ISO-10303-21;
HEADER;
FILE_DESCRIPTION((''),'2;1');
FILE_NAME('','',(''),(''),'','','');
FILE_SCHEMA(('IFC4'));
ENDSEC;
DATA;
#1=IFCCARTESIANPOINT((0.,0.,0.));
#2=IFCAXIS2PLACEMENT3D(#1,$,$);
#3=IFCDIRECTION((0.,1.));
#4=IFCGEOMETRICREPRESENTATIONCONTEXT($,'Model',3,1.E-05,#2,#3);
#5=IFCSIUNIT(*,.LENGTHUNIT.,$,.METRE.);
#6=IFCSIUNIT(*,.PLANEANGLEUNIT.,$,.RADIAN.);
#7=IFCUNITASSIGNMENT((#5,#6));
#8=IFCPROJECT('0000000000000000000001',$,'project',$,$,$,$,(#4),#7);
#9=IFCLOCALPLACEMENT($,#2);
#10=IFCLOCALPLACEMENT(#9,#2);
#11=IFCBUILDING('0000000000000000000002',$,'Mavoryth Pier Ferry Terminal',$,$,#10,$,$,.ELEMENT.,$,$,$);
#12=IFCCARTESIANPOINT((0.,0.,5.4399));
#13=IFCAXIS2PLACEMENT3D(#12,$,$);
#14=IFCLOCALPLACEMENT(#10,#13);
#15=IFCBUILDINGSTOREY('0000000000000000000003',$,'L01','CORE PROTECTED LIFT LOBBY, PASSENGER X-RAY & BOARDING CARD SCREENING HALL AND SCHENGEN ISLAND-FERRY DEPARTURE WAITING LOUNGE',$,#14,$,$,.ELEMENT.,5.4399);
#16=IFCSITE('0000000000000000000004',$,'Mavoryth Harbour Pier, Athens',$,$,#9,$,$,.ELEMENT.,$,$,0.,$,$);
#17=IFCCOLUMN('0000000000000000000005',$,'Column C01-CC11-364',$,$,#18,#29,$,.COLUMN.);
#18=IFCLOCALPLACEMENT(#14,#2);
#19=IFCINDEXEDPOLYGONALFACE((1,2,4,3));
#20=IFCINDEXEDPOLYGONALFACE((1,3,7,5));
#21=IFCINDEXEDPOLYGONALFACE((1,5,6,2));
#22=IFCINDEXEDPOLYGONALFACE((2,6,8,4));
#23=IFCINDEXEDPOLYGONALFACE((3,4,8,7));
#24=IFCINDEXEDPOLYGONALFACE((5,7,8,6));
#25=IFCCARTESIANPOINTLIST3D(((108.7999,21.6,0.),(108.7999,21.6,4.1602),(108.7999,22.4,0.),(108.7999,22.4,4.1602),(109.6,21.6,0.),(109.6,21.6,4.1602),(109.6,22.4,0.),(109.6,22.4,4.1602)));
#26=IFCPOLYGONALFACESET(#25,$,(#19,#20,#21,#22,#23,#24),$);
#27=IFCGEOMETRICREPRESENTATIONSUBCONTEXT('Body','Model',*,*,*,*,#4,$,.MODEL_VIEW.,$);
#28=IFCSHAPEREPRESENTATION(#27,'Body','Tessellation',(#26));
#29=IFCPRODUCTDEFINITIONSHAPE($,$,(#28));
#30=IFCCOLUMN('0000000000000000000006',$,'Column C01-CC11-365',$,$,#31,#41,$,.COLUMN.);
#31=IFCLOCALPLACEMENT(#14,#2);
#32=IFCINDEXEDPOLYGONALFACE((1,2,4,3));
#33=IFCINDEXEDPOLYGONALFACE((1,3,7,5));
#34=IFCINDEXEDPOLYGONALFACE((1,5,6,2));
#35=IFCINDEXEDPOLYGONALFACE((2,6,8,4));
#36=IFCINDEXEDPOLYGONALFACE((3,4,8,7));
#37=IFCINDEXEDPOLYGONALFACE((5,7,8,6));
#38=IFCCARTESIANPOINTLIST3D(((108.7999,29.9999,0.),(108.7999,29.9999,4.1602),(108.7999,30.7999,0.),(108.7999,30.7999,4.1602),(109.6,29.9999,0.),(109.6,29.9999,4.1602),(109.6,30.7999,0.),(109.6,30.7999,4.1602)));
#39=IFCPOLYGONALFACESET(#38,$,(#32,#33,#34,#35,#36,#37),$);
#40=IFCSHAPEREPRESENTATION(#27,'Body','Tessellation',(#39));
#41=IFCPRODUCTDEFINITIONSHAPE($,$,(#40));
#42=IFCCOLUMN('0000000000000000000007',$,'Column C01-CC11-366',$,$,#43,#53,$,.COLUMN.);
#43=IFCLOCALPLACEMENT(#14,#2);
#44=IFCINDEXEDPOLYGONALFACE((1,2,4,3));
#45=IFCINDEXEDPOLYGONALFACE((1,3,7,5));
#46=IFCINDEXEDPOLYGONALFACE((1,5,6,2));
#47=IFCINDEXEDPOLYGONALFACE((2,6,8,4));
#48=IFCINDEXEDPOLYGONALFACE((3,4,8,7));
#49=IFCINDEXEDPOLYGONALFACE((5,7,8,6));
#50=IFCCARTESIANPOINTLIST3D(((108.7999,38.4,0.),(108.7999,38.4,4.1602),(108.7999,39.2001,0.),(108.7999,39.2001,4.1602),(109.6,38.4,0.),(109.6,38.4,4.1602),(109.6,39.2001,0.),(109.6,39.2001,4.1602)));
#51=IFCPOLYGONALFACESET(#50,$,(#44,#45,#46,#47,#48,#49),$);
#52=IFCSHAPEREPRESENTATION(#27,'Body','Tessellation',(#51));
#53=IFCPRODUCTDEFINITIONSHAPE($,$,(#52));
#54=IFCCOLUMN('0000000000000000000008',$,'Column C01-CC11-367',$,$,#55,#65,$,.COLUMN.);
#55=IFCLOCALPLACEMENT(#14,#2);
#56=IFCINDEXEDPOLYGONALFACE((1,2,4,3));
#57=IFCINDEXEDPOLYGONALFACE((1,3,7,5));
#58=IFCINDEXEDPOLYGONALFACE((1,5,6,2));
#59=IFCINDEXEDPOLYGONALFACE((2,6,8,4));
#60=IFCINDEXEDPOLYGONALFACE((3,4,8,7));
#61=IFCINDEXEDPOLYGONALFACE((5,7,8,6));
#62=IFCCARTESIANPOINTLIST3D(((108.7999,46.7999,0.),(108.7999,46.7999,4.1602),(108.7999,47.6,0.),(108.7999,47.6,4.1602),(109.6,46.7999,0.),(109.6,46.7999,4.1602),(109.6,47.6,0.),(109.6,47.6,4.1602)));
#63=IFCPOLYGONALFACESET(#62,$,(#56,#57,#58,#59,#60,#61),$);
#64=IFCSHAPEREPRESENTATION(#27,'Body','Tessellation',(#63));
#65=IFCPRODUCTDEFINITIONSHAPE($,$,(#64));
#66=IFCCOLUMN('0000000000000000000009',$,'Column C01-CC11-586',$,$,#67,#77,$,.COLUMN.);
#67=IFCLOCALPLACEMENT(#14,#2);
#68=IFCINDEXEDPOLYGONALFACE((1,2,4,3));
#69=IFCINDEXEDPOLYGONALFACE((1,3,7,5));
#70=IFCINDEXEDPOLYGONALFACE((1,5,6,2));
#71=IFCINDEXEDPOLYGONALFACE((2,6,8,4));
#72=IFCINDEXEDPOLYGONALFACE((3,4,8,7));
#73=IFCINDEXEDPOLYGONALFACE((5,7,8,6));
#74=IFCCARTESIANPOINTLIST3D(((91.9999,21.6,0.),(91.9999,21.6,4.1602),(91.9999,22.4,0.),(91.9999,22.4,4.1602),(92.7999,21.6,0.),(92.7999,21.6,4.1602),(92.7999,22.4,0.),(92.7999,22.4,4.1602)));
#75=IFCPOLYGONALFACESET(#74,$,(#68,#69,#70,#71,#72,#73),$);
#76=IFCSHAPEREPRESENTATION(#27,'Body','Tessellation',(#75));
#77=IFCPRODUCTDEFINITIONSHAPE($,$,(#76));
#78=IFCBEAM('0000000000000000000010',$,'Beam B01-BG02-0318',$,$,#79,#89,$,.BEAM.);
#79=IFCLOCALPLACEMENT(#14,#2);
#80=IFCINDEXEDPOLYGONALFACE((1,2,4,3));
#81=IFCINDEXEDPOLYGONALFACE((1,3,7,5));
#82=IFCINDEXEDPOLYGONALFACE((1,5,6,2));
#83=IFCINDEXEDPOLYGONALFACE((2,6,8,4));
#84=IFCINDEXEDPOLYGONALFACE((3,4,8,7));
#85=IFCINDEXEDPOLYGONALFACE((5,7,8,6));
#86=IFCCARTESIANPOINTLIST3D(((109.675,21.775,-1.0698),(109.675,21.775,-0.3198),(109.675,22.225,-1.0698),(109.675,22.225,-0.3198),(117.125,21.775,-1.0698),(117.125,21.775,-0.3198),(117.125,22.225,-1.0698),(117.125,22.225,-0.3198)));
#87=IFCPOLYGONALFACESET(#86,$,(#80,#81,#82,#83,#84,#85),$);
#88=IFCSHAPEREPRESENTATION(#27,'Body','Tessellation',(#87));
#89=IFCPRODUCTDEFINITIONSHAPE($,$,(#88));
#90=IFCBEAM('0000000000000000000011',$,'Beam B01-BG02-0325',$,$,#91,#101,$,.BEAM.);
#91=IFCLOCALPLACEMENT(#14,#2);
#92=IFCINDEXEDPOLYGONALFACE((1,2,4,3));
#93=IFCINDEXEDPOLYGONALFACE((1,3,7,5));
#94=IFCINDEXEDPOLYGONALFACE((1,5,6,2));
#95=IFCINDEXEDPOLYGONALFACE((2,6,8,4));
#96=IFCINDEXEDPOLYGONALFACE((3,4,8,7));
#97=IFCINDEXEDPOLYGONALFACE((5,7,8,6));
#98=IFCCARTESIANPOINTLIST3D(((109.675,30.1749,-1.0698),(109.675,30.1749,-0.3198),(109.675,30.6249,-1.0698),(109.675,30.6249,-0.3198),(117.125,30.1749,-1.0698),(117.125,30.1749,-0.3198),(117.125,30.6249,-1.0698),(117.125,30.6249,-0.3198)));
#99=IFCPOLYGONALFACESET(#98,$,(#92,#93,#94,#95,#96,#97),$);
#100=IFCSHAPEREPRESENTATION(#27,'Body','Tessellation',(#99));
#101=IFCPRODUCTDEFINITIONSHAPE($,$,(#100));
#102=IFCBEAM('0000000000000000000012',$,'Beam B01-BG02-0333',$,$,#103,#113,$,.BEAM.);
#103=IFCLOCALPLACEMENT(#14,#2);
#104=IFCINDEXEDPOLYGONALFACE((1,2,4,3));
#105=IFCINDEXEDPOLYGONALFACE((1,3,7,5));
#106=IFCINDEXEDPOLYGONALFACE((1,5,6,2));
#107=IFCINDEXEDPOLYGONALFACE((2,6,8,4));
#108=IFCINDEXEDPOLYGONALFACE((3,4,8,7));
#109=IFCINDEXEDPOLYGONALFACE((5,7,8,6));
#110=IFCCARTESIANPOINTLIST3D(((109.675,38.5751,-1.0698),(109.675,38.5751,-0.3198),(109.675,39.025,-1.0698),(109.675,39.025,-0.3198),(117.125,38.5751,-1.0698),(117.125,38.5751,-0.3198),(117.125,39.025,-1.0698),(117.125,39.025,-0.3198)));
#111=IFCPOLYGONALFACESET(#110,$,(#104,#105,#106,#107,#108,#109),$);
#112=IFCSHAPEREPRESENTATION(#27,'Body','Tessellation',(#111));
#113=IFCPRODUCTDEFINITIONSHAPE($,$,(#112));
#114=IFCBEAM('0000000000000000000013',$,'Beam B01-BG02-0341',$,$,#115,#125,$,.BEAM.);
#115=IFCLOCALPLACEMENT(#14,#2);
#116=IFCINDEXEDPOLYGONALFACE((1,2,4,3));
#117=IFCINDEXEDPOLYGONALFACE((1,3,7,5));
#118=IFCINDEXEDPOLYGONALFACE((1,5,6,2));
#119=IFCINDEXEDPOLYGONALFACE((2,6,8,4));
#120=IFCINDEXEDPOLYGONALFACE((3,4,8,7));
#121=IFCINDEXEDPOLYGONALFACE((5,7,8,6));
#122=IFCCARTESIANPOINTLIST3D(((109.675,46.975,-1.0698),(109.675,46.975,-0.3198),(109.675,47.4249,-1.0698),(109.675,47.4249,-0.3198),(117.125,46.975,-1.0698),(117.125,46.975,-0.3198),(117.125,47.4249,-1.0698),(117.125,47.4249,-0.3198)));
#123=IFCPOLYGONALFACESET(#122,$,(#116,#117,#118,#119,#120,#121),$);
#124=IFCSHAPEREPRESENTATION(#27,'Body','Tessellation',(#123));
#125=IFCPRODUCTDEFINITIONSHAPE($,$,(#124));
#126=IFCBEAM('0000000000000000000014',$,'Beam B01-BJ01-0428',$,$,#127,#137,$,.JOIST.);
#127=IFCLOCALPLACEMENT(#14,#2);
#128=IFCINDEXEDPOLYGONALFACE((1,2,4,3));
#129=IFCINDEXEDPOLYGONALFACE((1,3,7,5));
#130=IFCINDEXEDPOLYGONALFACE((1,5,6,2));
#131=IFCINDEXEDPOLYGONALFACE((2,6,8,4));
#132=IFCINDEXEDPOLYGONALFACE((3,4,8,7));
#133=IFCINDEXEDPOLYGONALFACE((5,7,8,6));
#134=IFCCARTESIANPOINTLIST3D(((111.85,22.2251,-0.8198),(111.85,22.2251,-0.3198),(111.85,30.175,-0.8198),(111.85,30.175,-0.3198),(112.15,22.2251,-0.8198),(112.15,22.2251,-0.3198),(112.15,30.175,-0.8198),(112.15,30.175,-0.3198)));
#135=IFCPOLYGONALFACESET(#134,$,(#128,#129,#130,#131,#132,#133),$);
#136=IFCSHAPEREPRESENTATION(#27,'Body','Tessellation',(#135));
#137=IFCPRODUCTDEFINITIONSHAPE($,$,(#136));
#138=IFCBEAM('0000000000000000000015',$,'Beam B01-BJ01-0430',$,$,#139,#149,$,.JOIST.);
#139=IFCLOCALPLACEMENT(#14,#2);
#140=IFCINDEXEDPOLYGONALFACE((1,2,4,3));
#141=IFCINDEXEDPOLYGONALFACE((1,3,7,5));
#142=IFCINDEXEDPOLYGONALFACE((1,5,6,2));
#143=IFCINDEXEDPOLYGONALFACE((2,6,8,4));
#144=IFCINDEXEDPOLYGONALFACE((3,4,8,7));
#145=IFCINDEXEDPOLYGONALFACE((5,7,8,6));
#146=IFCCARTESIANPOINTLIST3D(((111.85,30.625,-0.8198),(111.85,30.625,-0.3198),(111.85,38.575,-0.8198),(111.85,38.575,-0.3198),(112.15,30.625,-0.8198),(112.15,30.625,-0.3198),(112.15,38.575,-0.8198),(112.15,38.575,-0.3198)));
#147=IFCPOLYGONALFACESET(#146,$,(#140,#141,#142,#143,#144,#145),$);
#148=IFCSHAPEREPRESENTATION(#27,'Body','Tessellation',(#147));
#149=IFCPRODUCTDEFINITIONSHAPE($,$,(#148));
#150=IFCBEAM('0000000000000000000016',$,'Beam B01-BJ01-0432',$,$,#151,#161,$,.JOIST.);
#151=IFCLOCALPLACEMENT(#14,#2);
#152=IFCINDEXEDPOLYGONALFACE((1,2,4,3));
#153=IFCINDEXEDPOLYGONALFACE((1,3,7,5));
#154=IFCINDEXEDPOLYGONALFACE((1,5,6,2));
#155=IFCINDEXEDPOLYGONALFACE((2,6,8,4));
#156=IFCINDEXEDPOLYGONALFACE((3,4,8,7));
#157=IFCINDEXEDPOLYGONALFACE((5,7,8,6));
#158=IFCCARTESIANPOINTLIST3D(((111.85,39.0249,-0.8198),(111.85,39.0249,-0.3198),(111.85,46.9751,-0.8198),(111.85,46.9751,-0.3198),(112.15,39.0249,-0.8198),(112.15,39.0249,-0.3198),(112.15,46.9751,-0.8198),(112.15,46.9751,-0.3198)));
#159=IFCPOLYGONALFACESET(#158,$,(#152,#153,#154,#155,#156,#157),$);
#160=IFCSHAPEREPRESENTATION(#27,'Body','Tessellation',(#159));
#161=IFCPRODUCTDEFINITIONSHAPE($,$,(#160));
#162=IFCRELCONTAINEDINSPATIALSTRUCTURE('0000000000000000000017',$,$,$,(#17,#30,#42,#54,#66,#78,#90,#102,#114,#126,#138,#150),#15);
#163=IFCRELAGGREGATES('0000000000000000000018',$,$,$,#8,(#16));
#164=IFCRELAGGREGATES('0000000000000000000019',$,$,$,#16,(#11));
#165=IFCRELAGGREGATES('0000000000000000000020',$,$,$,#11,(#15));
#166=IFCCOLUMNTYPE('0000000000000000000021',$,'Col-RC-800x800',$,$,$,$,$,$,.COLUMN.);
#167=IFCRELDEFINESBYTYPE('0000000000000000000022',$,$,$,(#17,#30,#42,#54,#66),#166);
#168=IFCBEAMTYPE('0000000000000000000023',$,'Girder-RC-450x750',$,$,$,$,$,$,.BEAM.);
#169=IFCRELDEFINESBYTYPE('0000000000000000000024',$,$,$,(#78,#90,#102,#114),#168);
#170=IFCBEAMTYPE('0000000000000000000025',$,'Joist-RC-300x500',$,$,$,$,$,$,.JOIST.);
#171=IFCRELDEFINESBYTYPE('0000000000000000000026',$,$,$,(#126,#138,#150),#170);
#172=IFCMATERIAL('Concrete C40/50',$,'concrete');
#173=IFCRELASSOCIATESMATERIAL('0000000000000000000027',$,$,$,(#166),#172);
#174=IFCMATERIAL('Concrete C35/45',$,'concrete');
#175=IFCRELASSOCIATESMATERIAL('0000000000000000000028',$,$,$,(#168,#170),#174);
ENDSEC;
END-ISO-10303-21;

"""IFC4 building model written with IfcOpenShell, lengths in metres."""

from ifc_helpers import new_model, si_unit, direction, frame, origin, origin_2d, place, context, subcontext, project, spatial, rectangle, extrude, material, material_profile, profile_set, type_object, element, save


model = new_model("IFC4")

# Units and contexts
model_context = context("Model", 3, precision=1e-05, world=origin(), true_north=direction((0.0, 1.0)))
body_context = subcontext(model_context, "Body", "Model", "MODEL_VIEW")
ifc_project = project(units=[si_unit("LENGTHUNIT", "METRE"), si_unit("PLANEANGLEUNIT", "RADIAN")], contexts=[model_context])

# Site, building, storey
site_placement = place(None, origin())
site = spatial("IfcSite", under=ifc_project, at=site_placement, Name="Mavoryth Harbour Pier, Athens", CompositionType="ELEMENT", RefElevation=0.0)
building_placement = place(site_placement, origin())
building = spatial("IfcBuilding", under=site, at=building_placement, Name="Mavoryth Pier Ferry Terminal", CompositionType="ELEMENT")
storey_placement = place(building_placement, frame((0.0, 0.0, 5.4399)))
storey = spatial("IfcBuildingStorey", under=building, at=storey_placement, Name="L01", Description="CORE PROTECTED LIFT LOBBY, PASSENGER X-RAY & BOARDING CARD SCREENING HALL AND SCHENGEN ISLAND-FERRY DEPARTURE WAITING LOUNGE", CompositionType="ELEMENT", Elevation=5.4399)

# Columns
ifc_material_1 = material(Name="Concrete C40/50", Category="concrete")
ifc_material_profile_1 = material_profile(ifc_material_1, rectangle(XDim=0.8, YDim=0.8, at=origin_2d()), Name="RC 800x800", Category="concrete")
ifc_profile_set_1 = profile_set([ifc_material_profile_1], Name="Concrete C40/50 - RC 800x800")
column_type = type_object("IfcColumnType", Name="Col-RC-800x800", PredefinedType="COLUMN", material=ifc_profile_set_1)
for number, where, z_axis, x_axis, name in (
    (1, (109.2, 22.0, 0.0), (0.0, 0.0, 1.0), (1.0, 0.0, 0.0), "Column C01-CC11-364"),
    (2, (109.2, 30.3999, 0.0), (0.0, 0.0, 1.0), (1.0, 0.0, 0.0), "Column C01-CC11-365"),
    (3, (109.2, 38.8, 0.0), (0.0, 0.0, 1.0), (1.0, 0.0, 0.0), "Column C01-CC11-366"),
    (4, (109.2, 47.2, 0.0), (0.0, 0.0, 1.0), (1.0, 0.0, 0.0), "Column C01-CC11-367"),
    (5, (92.3999, 22.0, 0.0), (0.0, 0.0, 1.0), (1.0, 0.0, 0.0), "Column C01-CC11-586"),
):
    element("IfcColumn", number, at=place(storey_placement, frame(where, z_axis=z_axis, x_axis=x_axis)), inside=storey, type_object=column_type, Name=name, PredefinedType="COLUMN", context=body_context, shape_type="SweptSolid", body=[
        extrude(rectangle(XDim=0.8, YDim=0.8, at=origin_2d()), origin(), (0.0, 0.0, 1.0), 4.1602),
    ])

# Beams
ifc_material_2 = material(Name="Concrete C35/45", Category="concrete")
ifc_material_profile_2 = material_profile(ifc_material_2, rectangle(XDim=0.45, YDim=0.75, at=origin_2d()), Name="RC 450x750", Category="concrete")
ifc_profile_set_2 = profile_set([ifc_material_profile_2], Name="Concrete C35/45 - RC 450x750")
beam_type_1 = type_object("IfcBeamType", Name="Girder-RC-450x750", PredefinedType="BEAM", material=ifc_profile_set_2)
for number, where, z_axis, x_axis, name in (
    (6, (109.675, 22.0, -0.6948), (1.0, 0.0, 0.0), (0.0, 1.0, 0.0), "Beam B01-BG02-0318"),
    (7, (109.675, 30.3999, -0.6948), (1.0, 0.0, 0.0), (0.0, 1.0, 0.0), "Beam B01-BG02-0325"),
    (8, (109.675, 38.8, -0.6948), (1.0, 0.0, 0.0), (0.0, 1.0, 0.0), "Beam B01-BG02-0333"),
    (9, (109.675, 47.2, -0.6948), (1.0, 0.0, 0.0), (0.0, 1.0, 0.0), "Beam B01-BG02-0341"),
):
    element("IfcBeam", number, at=place(storey_placement, frame(where, z_axis=z_axis, x_axis=x_axis)), inside=storey, type_object=beam_type_1, Name=name, PredefinedType="BEAM", context=body_context, shape_type="SweptSolid", body=[
        extrude(rectangle(XDim=0.45, YDim=0.75, at=origin_2d()), origin(), (0.0, 0.0, 1.0), 7.45),
    ])
ifc_material_profile_3 = material_profile(ifc_material_2, rectangle(XDim=0.3, YDim=0.5, at=origin_2d()), Name="RC 300x500", Category="concrete")
ifc_profile_set_3 = profile_set([ifc_material_profile_3], Name="Concrete C35/45 - RC 300x500")
beam_type_2 = type_object("IfcBeamType", Name="Joist-RC-300x500", PredefinedType="JOIST", material=ifc_profile_set_3)
for number, where, z_axis, x_axis, name in (
    (10, (112.0, 22.2251, -0.5698), (0.0, 1.0, 0.0), (-1.0, 0.0, 0.0), "Beam B01-BJ01-0428"),
    (11, (112.0, 30.625, -0.5698), (0.0, 1.0, 0.0), (-1.0, 0.0, 0.0), "Beam B01-BJ01-0430"),
):
    element("IfcBeam", number, at=place(storey_placement, frame(where, z_axis=z_axis, x_axis=x_axis)), inside=storey, type_object=beam_type_2, Name=name, PredefinedType="JOIST", context=body_context, shape_type="SweptSolid", body=[
        extrude(rectangle(XDim=0.3, YDim=0.5, at=origin_2d()), origin(), (0.0, 0.0, 1.0), 7.95),
    ])
beam_1_placement = place(storey_placement, frame((112.0, 39.0249, -0.5698), z_axis=(0.0, 1.0, 0.0), x_axis=(-1.0, 0.0, 0.0)))
element("IfcBeam", 12, at=beam_1_placement, inside=storey, type_object=beam_type_2, Name="Beam B01-BJ01-0432", PredefinedType="JOIST", context=body_context, shape_type="SweptSolid", body=[
    extrude(rectangle(XDim=0.3, YDim=0.5, at=origin_2d()), origin(), (0.0, 0.0, 1.0), 7.9502),
])

save(model, "model.ifc")
